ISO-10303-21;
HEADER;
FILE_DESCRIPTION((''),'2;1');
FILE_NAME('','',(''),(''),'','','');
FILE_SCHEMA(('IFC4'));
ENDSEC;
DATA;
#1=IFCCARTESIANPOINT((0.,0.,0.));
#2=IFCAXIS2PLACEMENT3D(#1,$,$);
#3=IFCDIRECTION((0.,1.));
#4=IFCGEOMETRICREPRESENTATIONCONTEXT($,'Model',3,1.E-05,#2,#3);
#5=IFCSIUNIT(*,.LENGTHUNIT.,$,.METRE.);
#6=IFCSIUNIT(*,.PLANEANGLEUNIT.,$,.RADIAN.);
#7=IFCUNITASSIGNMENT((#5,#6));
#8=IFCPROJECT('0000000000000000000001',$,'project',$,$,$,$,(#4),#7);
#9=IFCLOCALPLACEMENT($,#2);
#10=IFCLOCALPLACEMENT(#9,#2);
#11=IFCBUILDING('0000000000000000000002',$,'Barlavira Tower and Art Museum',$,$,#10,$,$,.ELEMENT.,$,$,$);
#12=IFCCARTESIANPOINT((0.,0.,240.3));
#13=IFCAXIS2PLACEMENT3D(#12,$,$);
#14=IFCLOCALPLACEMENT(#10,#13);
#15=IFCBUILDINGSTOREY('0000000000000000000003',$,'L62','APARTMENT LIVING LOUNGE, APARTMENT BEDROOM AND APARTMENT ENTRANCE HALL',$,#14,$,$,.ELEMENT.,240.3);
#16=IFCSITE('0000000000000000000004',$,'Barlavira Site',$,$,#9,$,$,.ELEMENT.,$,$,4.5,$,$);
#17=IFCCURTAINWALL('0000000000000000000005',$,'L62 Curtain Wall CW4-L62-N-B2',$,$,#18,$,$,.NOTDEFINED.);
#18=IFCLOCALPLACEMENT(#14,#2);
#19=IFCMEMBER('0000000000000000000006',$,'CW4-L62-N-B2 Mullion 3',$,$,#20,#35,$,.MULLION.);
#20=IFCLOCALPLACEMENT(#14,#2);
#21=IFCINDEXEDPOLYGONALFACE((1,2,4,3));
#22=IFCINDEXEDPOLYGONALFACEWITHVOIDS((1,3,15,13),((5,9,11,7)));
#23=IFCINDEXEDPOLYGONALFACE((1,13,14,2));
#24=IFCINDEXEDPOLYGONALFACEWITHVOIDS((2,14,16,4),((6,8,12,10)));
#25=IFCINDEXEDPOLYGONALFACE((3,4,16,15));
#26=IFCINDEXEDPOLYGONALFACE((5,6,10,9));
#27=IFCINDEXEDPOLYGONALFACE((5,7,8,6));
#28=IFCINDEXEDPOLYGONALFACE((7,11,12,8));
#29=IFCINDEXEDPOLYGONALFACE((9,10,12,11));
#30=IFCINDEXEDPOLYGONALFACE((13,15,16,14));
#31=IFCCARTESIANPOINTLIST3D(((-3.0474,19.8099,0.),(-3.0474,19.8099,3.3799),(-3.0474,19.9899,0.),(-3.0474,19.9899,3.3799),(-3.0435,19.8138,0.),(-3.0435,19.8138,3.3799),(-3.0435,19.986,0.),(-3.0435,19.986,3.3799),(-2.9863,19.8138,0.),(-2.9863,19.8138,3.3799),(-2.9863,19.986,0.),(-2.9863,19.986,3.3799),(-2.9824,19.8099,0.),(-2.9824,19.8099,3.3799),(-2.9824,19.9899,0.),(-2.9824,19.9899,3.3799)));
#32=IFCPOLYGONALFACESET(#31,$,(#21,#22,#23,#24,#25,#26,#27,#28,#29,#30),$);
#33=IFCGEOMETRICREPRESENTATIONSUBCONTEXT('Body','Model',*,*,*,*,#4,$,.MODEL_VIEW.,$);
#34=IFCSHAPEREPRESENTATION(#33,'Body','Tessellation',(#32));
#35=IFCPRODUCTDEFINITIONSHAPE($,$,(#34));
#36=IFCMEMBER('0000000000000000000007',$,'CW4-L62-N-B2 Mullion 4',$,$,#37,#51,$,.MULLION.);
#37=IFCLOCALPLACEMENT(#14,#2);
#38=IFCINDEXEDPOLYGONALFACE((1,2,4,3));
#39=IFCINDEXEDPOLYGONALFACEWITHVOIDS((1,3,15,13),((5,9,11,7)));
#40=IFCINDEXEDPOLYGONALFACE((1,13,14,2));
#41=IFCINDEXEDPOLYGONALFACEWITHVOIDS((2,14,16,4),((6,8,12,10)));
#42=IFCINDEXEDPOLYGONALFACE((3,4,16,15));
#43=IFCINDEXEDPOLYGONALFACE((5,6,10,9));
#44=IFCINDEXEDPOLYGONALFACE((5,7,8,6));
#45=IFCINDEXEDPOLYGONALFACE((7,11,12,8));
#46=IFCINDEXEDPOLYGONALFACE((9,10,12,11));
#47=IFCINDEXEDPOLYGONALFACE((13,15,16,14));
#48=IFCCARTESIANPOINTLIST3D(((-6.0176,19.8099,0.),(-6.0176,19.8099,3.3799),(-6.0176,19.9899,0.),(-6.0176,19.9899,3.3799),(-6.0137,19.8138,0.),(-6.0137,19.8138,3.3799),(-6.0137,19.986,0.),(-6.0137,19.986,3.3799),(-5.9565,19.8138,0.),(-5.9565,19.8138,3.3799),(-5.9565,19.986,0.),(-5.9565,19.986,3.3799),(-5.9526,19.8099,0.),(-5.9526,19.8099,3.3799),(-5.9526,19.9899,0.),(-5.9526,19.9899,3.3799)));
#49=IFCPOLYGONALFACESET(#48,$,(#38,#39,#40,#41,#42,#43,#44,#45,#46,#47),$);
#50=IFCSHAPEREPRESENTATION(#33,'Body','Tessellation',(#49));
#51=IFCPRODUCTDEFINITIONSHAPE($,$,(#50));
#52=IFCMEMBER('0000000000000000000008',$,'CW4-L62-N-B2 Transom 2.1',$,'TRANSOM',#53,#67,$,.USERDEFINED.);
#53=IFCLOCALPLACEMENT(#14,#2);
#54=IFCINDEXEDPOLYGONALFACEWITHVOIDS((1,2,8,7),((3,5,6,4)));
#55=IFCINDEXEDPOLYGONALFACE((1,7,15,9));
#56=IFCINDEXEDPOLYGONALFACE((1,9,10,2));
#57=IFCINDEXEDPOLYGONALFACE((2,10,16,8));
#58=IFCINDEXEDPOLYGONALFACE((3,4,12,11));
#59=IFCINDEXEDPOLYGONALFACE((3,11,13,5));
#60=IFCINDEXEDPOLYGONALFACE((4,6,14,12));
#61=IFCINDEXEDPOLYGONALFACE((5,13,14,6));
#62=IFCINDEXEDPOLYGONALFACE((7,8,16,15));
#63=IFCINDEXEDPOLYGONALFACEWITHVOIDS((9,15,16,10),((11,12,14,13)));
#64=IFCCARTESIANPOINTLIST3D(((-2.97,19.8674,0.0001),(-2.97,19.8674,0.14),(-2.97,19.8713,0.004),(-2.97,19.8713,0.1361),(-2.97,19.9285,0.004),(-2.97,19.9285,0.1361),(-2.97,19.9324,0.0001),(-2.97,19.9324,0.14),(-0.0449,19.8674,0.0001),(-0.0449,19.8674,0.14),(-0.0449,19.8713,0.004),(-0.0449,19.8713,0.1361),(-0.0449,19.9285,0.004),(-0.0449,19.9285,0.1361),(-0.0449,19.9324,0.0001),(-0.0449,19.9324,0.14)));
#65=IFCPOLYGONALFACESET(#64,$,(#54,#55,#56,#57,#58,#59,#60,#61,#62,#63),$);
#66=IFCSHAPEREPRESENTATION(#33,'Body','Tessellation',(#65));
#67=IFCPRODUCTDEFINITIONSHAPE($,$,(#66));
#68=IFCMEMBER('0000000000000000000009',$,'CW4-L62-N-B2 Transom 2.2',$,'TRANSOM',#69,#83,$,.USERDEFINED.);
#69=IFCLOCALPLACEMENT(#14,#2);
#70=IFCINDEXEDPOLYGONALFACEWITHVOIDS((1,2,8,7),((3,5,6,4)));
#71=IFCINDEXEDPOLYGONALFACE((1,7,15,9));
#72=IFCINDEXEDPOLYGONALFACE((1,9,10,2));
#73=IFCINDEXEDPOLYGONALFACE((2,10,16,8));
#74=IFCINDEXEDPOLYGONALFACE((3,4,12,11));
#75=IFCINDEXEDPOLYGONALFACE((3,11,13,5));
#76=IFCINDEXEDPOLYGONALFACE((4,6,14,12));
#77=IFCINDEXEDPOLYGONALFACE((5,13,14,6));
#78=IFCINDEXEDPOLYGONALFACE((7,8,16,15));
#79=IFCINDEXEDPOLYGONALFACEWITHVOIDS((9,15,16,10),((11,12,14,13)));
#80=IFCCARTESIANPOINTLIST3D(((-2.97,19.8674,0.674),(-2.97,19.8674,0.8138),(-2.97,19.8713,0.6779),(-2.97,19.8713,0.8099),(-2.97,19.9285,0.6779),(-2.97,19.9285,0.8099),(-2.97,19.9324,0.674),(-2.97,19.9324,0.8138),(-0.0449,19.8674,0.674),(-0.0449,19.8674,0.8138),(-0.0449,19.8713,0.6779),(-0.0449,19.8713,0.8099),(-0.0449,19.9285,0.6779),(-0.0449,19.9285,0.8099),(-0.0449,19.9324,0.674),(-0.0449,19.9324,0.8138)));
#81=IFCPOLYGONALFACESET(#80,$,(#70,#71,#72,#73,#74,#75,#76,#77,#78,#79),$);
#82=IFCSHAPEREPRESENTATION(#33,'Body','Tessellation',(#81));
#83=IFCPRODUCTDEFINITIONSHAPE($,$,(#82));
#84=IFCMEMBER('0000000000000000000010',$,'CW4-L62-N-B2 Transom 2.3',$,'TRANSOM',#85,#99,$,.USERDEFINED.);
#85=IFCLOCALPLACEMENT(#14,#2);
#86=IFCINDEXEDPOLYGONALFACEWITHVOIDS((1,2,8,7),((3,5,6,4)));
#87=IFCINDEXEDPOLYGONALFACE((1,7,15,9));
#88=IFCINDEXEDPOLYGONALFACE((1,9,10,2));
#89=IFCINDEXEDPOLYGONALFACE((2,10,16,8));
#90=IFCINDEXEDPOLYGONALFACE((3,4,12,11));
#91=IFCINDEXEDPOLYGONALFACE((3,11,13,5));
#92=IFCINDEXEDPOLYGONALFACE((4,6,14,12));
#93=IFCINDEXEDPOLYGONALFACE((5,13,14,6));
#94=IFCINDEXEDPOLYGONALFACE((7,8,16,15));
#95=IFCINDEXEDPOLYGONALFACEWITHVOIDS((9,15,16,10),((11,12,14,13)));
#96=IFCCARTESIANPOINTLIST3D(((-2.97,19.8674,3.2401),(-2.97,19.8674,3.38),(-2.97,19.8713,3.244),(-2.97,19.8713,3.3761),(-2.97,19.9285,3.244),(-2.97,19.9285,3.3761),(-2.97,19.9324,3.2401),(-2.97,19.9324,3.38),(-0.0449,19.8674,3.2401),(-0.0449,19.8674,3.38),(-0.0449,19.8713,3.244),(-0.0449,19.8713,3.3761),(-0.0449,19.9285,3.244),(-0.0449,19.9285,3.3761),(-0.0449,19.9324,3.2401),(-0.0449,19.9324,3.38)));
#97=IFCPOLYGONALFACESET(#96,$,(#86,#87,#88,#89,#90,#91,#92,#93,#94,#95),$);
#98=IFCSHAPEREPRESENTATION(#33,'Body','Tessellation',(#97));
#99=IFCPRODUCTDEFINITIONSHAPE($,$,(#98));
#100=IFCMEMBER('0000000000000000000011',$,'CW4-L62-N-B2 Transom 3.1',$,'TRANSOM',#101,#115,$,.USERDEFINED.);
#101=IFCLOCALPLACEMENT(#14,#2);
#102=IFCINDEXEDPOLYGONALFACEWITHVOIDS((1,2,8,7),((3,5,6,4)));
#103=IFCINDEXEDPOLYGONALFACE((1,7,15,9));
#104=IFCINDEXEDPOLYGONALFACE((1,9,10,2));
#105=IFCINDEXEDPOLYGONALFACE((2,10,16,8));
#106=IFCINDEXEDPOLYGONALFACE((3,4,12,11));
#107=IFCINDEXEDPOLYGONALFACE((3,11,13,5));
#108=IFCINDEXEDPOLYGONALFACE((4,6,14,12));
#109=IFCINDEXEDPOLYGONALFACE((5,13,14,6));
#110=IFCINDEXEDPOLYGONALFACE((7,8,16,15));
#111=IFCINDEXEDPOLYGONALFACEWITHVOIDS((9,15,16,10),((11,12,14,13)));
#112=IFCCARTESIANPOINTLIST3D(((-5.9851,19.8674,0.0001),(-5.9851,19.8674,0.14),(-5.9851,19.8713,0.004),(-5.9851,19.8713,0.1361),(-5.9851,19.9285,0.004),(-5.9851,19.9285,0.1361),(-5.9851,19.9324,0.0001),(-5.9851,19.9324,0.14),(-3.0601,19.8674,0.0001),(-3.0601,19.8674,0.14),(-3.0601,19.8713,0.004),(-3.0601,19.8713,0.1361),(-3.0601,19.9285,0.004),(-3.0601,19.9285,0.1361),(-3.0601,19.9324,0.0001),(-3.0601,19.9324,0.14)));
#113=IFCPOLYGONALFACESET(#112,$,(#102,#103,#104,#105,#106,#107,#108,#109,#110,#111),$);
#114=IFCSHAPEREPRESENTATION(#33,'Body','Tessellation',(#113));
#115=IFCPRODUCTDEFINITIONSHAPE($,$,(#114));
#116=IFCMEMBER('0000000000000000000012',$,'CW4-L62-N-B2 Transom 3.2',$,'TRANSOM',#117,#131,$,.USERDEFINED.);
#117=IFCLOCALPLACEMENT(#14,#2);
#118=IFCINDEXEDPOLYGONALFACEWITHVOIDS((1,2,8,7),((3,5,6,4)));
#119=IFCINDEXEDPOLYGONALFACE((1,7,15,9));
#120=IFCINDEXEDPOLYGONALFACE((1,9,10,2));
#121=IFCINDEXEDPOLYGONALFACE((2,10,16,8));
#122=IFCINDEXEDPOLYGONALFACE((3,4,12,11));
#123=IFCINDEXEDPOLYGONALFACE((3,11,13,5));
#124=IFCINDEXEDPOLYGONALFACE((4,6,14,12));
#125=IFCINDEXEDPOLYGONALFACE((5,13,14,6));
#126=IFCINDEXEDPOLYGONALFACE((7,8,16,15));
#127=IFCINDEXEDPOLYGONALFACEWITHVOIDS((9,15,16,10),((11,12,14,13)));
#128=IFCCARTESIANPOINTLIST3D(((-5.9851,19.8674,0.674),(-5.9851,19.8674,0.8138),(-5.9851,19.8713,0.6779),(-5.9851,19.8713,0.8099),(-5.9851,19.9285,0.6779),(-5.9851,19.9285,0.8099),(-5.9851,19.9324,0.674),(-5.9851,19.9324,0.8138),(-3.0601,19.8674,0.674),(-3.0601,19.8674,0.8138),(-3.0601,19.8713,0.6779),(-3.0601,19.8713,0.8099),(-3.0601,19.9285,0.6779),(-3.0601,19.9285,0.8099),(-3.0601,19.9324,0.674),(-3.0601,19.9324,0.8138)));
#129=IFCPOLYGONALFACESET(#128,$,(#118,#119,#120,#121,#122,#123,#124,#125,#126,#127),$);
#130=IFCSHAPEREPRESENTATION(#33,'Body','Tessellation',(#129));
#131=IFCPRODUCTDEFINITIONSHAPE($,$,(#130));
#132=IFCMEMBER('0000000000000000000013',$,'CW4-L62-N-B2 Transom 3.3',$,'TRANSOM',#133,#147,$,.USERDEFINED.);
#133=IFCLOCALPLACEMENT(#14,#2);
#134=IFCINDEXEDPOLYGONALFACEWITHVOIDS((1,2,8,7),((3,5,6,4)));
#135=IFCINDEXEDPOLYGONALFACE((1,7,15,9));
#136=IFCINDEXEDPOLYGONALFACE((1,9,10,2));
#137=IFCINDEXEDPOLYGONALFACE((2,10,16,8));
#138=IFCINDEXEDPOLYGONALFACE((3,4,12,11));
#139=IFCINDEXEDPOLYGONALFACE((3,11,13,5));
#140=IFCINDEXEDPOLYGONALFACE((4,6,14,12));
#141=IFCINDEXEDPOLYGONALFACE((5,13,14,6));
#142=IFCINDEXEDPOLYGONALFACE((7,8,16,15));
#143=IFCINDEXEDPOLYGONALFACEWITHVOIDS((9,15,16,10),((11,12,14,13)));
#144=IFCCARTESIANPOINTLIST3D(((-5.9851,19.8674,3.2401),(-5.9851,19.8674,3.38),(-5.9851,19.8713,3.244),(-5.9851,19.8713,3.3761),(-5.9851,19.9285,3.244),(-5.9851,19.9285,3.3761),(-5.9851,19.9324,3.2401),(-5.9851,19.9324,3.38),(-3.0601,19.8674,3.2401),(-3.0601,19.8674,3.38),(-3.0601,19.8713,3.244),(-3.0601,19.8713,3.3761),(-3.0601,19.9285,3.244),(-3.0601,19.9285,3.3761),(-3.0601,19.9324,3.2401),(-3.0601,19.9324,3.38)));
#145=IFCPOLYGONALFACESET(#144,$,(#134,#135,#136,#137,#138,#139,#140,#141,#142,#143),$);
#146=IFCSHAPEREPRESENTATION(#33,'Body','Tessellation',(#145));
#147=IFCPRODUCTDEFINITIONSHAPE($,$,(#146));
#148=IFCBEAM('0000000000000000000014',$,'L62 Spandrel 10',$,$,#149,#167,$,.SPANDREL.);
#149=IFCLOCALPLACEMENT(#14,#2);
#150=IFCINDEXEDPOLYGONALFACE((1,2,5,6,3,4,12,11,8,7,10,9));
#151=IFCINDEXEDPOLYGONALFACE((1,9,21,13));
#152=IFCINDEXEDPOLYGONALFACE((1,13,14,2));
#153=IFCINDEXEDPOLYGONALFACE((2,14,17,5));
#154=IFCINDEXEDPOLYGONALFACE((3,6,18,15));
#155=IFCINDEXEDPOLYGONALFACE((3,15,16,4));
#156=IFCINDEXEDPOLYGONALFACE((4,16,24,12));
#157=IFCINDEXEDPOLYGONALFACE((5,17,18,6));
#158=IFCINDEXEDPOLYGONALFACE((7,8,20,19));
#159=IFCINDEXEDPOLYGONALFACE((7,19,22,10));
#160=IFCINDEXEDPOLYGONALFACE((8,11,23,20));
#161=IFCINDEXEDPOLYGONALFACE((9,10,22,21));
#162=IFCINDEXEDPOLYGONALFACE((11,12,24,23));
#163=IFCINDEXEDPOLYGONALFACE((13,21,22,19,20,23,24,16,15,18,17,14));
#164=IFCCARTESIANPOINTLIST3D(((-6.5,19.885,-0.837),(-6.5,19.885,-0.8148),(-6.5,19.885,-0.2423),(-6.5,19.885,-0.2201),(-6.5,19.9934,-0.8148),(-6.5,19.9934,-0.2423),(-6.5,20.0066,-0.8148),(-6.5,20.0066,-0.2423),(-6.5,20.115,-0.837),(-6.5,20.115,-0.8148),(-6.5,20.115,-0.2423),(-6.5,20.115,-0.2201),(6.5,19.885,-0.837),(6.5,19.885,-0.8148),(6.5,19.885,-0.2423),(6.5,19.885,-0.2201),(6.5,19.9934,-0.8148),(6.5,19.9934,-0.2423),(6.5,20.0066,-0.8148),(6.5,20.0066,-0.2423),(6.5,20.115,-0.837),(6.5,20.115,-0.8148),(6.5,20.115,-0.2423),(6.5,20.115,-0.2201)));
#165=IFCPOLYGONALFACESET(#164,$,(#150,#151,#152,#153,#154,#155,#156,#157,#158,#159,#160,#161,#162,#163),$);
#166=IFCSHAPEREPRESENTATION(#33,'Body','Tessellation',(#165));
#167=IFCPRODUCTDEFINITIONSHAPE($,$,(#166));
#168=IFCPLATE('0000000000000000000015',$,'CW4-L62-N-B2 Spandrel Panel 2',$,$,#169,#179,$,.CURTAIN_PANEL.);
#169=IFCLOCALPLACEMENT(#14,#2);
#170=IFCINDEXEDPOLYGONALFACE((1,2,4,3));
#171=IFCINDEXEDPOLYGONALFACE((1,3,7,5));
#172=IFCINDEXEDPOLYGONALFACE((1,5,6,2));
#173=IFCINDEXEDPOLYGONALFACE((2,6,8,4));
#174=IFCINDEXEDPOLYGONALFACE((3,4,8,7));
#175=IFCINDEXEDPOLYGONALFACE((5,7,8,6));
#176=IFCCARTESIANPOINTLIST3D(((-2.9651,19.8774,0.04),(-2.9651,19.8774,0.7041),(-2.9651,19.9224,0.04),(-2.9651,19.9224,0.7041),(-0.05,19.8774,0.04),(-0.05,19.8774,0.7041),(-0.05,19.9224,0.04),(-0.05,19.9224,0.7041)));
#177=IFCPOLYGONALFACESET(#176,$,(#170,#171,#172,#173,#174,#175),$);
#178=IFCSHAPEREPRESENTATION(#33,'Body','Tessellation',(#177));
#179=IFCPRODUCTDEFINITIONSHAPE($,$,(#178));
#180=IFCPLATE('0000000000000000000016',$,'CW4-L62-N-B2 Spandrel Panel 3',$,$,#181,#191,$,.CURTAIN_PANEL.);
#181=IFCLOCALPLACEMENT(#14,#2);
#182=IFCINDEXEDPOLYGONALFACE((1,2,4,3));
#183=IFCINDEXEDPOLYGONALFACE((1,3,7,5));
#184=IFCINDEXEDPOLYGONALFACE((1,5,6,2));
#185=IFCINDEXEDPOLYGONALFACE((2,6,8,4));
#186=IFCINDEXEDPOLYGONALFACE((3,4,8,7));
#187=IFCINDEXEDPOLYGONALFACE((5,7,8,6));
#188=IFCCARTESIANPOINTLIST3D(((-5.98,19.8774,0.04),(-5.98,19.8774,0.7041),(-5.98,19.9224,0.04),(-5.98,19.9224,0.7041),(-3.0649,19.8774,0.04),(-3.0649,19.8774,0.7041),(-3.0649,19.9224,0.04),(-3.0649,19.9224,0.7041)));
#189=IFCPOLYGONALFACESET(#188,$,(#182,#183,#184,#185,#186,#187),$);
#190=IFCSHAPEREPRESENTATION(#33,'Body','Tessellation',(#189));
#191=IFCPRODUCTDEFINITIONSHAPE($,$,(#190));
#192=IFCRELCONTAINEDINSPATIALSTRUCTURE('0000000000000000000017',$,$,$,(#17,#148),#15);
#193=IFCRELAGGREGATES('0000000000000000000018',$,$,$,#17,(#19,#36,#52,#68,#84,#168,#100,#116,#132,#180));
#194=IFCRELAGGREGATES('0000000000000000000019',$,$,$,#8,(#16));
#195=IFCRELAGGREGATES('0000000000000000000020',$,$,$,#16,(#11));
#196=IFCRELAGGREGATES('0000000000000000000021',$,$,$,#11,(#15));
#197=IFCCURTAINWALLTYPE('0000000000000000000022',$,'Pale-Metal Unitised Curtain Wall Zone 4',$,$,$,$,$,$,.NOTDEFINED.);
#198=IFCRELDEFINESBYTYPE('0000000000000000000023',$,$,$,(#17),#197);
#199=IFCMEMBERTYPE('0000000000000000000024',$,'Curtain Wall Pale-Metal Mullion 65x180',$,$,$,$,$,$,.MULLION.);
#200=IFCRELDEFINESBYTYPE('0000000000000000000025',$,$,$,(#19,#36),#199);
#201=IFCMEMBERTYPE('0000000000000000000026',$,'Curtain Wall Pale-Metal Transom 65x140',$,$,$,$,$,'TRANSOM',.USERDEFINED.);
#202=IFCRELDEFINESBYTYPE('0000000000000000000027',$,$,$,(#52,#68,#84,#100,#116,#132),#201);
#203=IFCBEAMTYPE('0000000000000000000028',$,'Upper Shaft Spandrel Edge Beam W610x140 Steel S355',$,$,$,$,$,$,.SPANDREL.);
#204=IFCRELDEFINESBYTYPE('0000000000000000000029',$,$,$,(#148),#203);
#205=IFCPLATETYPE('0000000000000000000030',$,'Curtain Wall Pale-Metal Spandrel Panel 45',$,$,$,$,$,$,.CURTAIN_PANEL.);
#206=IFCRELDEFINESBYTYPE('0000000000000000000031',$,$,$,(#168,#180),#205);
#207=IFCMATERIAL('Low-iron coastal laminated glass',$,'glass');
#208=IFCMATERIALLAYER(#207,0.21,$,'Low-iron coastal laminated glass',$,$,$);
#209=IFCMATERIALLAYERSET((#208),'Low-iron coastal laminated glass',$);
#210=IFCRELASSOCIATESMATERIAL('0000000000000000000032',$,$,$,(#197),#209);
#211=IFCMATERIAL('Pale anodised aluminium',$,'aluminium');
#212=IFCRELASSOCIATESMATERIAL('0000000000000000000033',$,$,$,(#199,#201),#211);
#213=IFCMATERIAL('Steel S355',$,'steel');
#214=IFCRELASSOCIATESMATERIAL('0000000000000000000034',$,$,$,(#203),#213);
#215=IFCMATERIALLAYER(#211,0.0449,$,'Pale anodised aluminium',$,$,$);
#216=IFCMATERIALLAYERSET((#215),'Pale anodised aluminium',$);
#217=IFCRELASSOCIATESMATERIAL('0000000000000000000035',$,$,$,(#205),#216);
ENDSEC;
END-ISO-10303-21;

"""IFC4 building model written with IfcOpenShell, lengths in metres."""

from ifc_helpers import new_model, si_unit, direction, frame, origin, origin_2d, place, context, subcontext, project, spatial, rectangle, hollow_rectangle, i_section, extrude, material, layer, layer_set, material_profile, profile_set, type_object, element, aggregate, save


model = new_model("IFC4")

# Units and contexts
model_context = context("Model", 3, precision=1e-05, world=origin(), true_north=direction((0.0, 1.0)))
body_context = subcontext(model_context, "Body", "Model", "MODEL_VIEW")
ifc_project = project(units=[si_unit("LENGTHUNIT", "METRE"), si_unit("PLANEANGLEUNIT", "RADIAN")], contexts=[model_context])

# Site, building, storey
site_placement = place(None, origin())
site = spatial("IfcSite", under=ifc_project, at=site_placement, Name="Barlavira Site", CompositionType="ELEMENT", RefElevation=4.5)
building_placement = place(site_placement, origin())
building = spatial("IfcBuilding", under=site, at=building_placement, Name="Barlavira Tower and Art Museum", CompositionType="ELEMENT")
storey_placement = place(building_placement, frame((0.0, 0.0, 240.3)))
storey = spatial("IfcBuildingStorey", under=building, at=storey_placement, Name="L62", Description="APARTMENT LIVING LOUNGE, APARTMENT BEDROOM AND APARTMENT ENTRANCE HALL", CompositionType="ELEMENT", Elevation=240.3)

# Curtain wall, members
ifc_material_1 = material(Name="Low-iron coastal laminated glass", Category="glass")
ifc_layer_1 = layer(ifc_material_1, 0.21, Name="Low-iron coastal laminated glass")
ifc_layer_set_1 = layer_set([ifc_layer_1], Name="Low-iron coastal laminated glass")
curtain_wall_type = type_object("IfcCurtainWallType", Name="Pale-Metal Unitised Curtain Wall Zone 4", PredefinedType="NOTDEFINED", material=ifc_layer_set_1)
curtain_wall_placement = place(storey_placement, origin())
curtain_wall = element("IfcCurtainWall", 1, at=curtain_wall_placement, inside=storey, type_object=curtain_wall_type, Name="L62 Curtain Wall CW4-L62-N-B2", PredefinedType="NOTDEFINED")
ifc_material_2 = material(Name="Pale anodised aluminium", Category="aluminium")
ifc_material_profile_1 = material_profile(ifc_material_2, hollow_rectangle(XDim=0.0649, YDim=0.1799, WallThickness=0.0039, at=origin_2d()), Name="ALU-MULL 65x180x4")
ifc_profile_set_1 = profile_set([ifc_material_profile_1], Name="Pale anodised aluminium")
member_type_1 = type_object("IfcMemberType", Name="Curtain Wall Pale-Metal Mullion 65x180", PredefinedType="MULLION", material=ifc_profile_set_1)
member_1_placement = place(storey_placement, frame((-3.0149, 19.8999, 0.0), z_axis=(0.0, 0.0, 1.0), x_axis=(-1.0, 0.0, 0.0)))
member_1 = element("IfcMember", 2, at=member_1_placement, type_object=member_type_1, Name="CW4-L62-N-B2 Mullion 3", PredefinedType="MULLION", context=body_context, shape_type="SweptSolid", body=[
    extrude(hollow_rectangle(XDim=0.0649, YDim=0.1799, WallThickness=0.0039, at=origin_2d()), origin(), (0.0, 0.0, 1.0), 3.3799),
])
member_2_placement = place(storey_placement, frame((-5.9851, 19.8999, 0.0), z_axis=(0.0, 0.0, 1.0), x_axis=(-1.0, 0.0, 0.0)))
member_2 = element("IfcMember", 3, at=member_2_placement, type_object=member_type_1, Name="CW4-L62-N-B2 Mullion 4", PredefinedType="MULLION", context=body_context, shape_type="SweptSolid", body=[
    extrude(hollow_rectangle(XDim=0.0649, YDim=0.1799, WallThickness=0.0039, at=origin_2d()), origin(), (0.0, 0.0, 1.0), 3.3799),
])
ifc_material_profile_2 = material_profile(ifc_material_2, hollow_rectangle(XDim=0.0649, YDim=0.1399, WallThickness=0.0039, at=origin_2d()), Name="ALU-TRAN 65x140x4")
ifc_profile_set_2 = profile_set([ifc_material_profile_2], Name="Pale anodised aluminium")
member_type_2 = type_object("IfcMemberType", Name="Curtain Wall Pale-Metal Transom 65x140", ElementType="TRANSOM", PredefinedType="USERDEFINED", material=ifc_profile_set_2)
member_3_placement = place(storey_placement, frame((-0.0449, 19.8999, 0.0701), z_axis=(-1.0, 0.0, 0.0), x_axis=(0.0, -1.0, 0.0)))
member_3 = element("IfcMember", 4, at=member_3_placement, type_object=member_type_2, Name="CW4-L62-N-B2 Transom 2.1", ObjectType="TRANSOM", PredefinedType="USERDEFINED", context=body_context, shape_type="SweptSolid", body=[
    extrude(hollow_rectangle(XDim=0.0649, YDim=0.1399, WallThickness=0.0039, at=origin_2d()), origin(), (0.0, 0.0, 1.0), 2.925),
])
member_4_placement = place(storey_placement, frame((-0.0449, 19.8999, 0.7439), z_axis=(-1.0, 0.0, 0.0), x_axis=(0.0, -1.0, 0.0)))
member_4 = element("IfcMember", 5, at=member_4_placement, type_object=member_type_2, Name="CW4-L62-N-B2 Transom 2.2", ObjectType="TRANSOM", PredefinedType="USERDEFINED", context=body_context, shape_type="SweptSolid", body=[
    extrude(hollow_rectangle(XDim=0.0649, YDim=0.1399, WallThickness=0.0039, at=origin_2d()), origin(), (0.0, 0.0, 1.0), 2.925),
])
member_5_placement = place(storey_placement, frame((-0.0449, 19.8999, 3.3101), z_axis=(-1.0, 0.0, 0.0), x_axis=(0.0, -1.0, 0.0)))
member_5 = element("IfcMember", 6, at=member_5_placement, type_object=member_type_2, Name="CW4-L62-N-B2 Transom 2.3", ObjectType="TRANSOM", PredefinedType="USERDEFINED", context=body_context, shape_type="SweptSolid", body=[
    extrude(hollow_rectangle(XDim=0.0649, YDim=0.1399, WallThickness=0.0039, at=origin_2d()), origin(), (0.0, 0.0, 1.0), 2.925),
])
member_6_placement = place(storey_placement, frame((-3.0601, 19.8999, 0.0701), z_axis=(-1.0, 0.0, 0.0), x_axis=(0.0, -1.0, 0.0)))
member_6 = element("IfcMember", 7, at=member_6_placement, type_object=member_type_2, Name="CW4-L62-N-B2 Transom 3.1", ObjectType="TRANSOM", PredefinedType="USERDEFINED", context=body_context, shape_type="SweptSolid", body=[
    extrude(hollow_rectangle(XDim=0.0649, YDim=0.1399, WallThickness=0.0039, at=origin_2d()), origin(), (0.0, 0.0, 1.0), 2.925),
])
member_7_placement = place(storey_placement, frame((-3.0601, 19.8999, 0.7439), z_axis=(-1.0, 0.0, 0.0), x_axis=(0.0, -1.0, 0.0)))
member_7 = element("IfcMember", 8, at=member_7_placement, type_object=member_type_2, Name="CW4-L62-N-B2 Transom 3.2", ObjectType="TRANSOM", PredefinedType="USERDEFINED", context=body_context, shape_type="SweptSolid", body=[
    extrude(hollow_rectangle(XDim=0.0649, YDim=0.1399, WallThickness=0.0039, at=origin_2d()), origin(), (0.0, 0.0, 1.0), 2.925),
])
member_8_placement = place(storey_placement, frame((-3.0601, 19.8999, 3.3101), z_axis=(-1.0, 0.0, 0.0), x_axis=(0.0, -1.0, 0.0)))
member_8 = element("IfcMember", 9, at=member_8_placement, type_object=member_type_2, Name="CW4-L62-N-B2 Transom 3.3", ObjectType="TRANSOM", PredefinedType="USERDEFINED", context=body_context, shape_type="SweptSolid", body=[
    extrude(hollow_rectangle(XDim=0.0649, YDim=0.1399, WallThickness=0.0039, at=origin_2d()), origin(), (0.0, 0.0, 1.0), 2.925),
])

# Beam
ifc_material_3 = material(Name="Steel S355", Category="steel")
ifc_material_profile_3 = material_profile(ifc_material_3, i_section(OverallWidth=0.23, OverallDepth=0.6169, WebThickness=0.0132, FlangeThickness=0.0222, at=origin_2d()), Name="W610x140.0")
ifc_profile_set_3 = profile_set([ifc_material_profile_3], Name="Steel S355")
beam_type = type_object("IfcBeamType", Name="Upper Shaft Spandrel Edge Beam W610x140 Steel S355", PredefinedType="SPANDREL", material=ifc_profile_set_3)
beam_placement = place(storey_placement, frame((-6.5, 20.0, -0.5286), z_axis=(1.0, 0.0, 0.0), x_axis=(0.0, 1.0, 0.0)))
element("IfcBeam", 10, at=beam_placement, inside=storey, type_object=beam_type, Name="L62 Spandrel 10", PredefinedType="SPANDREL", context=body_context, shape_type="SweptSolid", body=[
    extrude(i_section(OverallWidth=0.23, OverallDepth=0.6169, WebThickness=0.0132, FlangeThickness=0.0222, at=origin_2d()), origin(), (0.0, 0.0, 1.0), 13.0),
])

# Plates
ifc_layer_2 = layer(ifc_material_2, 0.0449, Name="Pale anodised aluminium")
ifc_layer_set_2 = layer_set([ifc_layer_2], Name="Pale anodised aluminium")
plate_type_1 = type_object("IfcPlateType", Name="Curtain Wall Pale-Metal Spandrel Panel 45", PredefinedType="CURTAIN_PANEL", material=ifc_layer_set_2)
plate_1_placement = place(storey_placement, frame((-1.5076, 19.8999, 0.04), z_axis=(0.0, 0.0, 1.0), x_axis=(-1.0, 0.0, 0.0)))
plate_1 = element("IfcPlate", 11, at=plate_1_placement, type_object=plate_type_1, Name="CW4-L62-N-B2 Spandrel Panel 2", PredefinedType="CURTAIN_PANEL", context=body_context, shape_type="SweptSolid", body=[
    extrude(rectangle(XDim=2.915, YDim=0.0449, at=origin_2d()), origin(), (0.0, 0.0, 1.0), 0.6641),
])
plate_2_placement = place(storey_placement, frame((-4.5225, 19.8999, 0.04), z_axis=(0.0, 0.0, 1.0), x_axis=(-1.0, 0.0, 0.0)))
plate_2 = element("IfcPlate", 12, at=plate_2_placement, type_object=plate_type_1, Name="CW4-L62-N-B2 Spandrel Panel 3", PredefinedType="CURTAIN_PANEL", context=body_context, shape_type="SweptSolid", body=[
    extrude(rectangle(XDim=2.915, YDim=0.0449, at=origin_2d()), origin(), (0.0, 0.0, 1.0), 0.6641),
])
aggregate(curtain_wall, [member_1, member_2, member_3, member_4, member_5, plate_1, member_6, member_7, member_8, plate_2])

save(model, "model.ifc")
